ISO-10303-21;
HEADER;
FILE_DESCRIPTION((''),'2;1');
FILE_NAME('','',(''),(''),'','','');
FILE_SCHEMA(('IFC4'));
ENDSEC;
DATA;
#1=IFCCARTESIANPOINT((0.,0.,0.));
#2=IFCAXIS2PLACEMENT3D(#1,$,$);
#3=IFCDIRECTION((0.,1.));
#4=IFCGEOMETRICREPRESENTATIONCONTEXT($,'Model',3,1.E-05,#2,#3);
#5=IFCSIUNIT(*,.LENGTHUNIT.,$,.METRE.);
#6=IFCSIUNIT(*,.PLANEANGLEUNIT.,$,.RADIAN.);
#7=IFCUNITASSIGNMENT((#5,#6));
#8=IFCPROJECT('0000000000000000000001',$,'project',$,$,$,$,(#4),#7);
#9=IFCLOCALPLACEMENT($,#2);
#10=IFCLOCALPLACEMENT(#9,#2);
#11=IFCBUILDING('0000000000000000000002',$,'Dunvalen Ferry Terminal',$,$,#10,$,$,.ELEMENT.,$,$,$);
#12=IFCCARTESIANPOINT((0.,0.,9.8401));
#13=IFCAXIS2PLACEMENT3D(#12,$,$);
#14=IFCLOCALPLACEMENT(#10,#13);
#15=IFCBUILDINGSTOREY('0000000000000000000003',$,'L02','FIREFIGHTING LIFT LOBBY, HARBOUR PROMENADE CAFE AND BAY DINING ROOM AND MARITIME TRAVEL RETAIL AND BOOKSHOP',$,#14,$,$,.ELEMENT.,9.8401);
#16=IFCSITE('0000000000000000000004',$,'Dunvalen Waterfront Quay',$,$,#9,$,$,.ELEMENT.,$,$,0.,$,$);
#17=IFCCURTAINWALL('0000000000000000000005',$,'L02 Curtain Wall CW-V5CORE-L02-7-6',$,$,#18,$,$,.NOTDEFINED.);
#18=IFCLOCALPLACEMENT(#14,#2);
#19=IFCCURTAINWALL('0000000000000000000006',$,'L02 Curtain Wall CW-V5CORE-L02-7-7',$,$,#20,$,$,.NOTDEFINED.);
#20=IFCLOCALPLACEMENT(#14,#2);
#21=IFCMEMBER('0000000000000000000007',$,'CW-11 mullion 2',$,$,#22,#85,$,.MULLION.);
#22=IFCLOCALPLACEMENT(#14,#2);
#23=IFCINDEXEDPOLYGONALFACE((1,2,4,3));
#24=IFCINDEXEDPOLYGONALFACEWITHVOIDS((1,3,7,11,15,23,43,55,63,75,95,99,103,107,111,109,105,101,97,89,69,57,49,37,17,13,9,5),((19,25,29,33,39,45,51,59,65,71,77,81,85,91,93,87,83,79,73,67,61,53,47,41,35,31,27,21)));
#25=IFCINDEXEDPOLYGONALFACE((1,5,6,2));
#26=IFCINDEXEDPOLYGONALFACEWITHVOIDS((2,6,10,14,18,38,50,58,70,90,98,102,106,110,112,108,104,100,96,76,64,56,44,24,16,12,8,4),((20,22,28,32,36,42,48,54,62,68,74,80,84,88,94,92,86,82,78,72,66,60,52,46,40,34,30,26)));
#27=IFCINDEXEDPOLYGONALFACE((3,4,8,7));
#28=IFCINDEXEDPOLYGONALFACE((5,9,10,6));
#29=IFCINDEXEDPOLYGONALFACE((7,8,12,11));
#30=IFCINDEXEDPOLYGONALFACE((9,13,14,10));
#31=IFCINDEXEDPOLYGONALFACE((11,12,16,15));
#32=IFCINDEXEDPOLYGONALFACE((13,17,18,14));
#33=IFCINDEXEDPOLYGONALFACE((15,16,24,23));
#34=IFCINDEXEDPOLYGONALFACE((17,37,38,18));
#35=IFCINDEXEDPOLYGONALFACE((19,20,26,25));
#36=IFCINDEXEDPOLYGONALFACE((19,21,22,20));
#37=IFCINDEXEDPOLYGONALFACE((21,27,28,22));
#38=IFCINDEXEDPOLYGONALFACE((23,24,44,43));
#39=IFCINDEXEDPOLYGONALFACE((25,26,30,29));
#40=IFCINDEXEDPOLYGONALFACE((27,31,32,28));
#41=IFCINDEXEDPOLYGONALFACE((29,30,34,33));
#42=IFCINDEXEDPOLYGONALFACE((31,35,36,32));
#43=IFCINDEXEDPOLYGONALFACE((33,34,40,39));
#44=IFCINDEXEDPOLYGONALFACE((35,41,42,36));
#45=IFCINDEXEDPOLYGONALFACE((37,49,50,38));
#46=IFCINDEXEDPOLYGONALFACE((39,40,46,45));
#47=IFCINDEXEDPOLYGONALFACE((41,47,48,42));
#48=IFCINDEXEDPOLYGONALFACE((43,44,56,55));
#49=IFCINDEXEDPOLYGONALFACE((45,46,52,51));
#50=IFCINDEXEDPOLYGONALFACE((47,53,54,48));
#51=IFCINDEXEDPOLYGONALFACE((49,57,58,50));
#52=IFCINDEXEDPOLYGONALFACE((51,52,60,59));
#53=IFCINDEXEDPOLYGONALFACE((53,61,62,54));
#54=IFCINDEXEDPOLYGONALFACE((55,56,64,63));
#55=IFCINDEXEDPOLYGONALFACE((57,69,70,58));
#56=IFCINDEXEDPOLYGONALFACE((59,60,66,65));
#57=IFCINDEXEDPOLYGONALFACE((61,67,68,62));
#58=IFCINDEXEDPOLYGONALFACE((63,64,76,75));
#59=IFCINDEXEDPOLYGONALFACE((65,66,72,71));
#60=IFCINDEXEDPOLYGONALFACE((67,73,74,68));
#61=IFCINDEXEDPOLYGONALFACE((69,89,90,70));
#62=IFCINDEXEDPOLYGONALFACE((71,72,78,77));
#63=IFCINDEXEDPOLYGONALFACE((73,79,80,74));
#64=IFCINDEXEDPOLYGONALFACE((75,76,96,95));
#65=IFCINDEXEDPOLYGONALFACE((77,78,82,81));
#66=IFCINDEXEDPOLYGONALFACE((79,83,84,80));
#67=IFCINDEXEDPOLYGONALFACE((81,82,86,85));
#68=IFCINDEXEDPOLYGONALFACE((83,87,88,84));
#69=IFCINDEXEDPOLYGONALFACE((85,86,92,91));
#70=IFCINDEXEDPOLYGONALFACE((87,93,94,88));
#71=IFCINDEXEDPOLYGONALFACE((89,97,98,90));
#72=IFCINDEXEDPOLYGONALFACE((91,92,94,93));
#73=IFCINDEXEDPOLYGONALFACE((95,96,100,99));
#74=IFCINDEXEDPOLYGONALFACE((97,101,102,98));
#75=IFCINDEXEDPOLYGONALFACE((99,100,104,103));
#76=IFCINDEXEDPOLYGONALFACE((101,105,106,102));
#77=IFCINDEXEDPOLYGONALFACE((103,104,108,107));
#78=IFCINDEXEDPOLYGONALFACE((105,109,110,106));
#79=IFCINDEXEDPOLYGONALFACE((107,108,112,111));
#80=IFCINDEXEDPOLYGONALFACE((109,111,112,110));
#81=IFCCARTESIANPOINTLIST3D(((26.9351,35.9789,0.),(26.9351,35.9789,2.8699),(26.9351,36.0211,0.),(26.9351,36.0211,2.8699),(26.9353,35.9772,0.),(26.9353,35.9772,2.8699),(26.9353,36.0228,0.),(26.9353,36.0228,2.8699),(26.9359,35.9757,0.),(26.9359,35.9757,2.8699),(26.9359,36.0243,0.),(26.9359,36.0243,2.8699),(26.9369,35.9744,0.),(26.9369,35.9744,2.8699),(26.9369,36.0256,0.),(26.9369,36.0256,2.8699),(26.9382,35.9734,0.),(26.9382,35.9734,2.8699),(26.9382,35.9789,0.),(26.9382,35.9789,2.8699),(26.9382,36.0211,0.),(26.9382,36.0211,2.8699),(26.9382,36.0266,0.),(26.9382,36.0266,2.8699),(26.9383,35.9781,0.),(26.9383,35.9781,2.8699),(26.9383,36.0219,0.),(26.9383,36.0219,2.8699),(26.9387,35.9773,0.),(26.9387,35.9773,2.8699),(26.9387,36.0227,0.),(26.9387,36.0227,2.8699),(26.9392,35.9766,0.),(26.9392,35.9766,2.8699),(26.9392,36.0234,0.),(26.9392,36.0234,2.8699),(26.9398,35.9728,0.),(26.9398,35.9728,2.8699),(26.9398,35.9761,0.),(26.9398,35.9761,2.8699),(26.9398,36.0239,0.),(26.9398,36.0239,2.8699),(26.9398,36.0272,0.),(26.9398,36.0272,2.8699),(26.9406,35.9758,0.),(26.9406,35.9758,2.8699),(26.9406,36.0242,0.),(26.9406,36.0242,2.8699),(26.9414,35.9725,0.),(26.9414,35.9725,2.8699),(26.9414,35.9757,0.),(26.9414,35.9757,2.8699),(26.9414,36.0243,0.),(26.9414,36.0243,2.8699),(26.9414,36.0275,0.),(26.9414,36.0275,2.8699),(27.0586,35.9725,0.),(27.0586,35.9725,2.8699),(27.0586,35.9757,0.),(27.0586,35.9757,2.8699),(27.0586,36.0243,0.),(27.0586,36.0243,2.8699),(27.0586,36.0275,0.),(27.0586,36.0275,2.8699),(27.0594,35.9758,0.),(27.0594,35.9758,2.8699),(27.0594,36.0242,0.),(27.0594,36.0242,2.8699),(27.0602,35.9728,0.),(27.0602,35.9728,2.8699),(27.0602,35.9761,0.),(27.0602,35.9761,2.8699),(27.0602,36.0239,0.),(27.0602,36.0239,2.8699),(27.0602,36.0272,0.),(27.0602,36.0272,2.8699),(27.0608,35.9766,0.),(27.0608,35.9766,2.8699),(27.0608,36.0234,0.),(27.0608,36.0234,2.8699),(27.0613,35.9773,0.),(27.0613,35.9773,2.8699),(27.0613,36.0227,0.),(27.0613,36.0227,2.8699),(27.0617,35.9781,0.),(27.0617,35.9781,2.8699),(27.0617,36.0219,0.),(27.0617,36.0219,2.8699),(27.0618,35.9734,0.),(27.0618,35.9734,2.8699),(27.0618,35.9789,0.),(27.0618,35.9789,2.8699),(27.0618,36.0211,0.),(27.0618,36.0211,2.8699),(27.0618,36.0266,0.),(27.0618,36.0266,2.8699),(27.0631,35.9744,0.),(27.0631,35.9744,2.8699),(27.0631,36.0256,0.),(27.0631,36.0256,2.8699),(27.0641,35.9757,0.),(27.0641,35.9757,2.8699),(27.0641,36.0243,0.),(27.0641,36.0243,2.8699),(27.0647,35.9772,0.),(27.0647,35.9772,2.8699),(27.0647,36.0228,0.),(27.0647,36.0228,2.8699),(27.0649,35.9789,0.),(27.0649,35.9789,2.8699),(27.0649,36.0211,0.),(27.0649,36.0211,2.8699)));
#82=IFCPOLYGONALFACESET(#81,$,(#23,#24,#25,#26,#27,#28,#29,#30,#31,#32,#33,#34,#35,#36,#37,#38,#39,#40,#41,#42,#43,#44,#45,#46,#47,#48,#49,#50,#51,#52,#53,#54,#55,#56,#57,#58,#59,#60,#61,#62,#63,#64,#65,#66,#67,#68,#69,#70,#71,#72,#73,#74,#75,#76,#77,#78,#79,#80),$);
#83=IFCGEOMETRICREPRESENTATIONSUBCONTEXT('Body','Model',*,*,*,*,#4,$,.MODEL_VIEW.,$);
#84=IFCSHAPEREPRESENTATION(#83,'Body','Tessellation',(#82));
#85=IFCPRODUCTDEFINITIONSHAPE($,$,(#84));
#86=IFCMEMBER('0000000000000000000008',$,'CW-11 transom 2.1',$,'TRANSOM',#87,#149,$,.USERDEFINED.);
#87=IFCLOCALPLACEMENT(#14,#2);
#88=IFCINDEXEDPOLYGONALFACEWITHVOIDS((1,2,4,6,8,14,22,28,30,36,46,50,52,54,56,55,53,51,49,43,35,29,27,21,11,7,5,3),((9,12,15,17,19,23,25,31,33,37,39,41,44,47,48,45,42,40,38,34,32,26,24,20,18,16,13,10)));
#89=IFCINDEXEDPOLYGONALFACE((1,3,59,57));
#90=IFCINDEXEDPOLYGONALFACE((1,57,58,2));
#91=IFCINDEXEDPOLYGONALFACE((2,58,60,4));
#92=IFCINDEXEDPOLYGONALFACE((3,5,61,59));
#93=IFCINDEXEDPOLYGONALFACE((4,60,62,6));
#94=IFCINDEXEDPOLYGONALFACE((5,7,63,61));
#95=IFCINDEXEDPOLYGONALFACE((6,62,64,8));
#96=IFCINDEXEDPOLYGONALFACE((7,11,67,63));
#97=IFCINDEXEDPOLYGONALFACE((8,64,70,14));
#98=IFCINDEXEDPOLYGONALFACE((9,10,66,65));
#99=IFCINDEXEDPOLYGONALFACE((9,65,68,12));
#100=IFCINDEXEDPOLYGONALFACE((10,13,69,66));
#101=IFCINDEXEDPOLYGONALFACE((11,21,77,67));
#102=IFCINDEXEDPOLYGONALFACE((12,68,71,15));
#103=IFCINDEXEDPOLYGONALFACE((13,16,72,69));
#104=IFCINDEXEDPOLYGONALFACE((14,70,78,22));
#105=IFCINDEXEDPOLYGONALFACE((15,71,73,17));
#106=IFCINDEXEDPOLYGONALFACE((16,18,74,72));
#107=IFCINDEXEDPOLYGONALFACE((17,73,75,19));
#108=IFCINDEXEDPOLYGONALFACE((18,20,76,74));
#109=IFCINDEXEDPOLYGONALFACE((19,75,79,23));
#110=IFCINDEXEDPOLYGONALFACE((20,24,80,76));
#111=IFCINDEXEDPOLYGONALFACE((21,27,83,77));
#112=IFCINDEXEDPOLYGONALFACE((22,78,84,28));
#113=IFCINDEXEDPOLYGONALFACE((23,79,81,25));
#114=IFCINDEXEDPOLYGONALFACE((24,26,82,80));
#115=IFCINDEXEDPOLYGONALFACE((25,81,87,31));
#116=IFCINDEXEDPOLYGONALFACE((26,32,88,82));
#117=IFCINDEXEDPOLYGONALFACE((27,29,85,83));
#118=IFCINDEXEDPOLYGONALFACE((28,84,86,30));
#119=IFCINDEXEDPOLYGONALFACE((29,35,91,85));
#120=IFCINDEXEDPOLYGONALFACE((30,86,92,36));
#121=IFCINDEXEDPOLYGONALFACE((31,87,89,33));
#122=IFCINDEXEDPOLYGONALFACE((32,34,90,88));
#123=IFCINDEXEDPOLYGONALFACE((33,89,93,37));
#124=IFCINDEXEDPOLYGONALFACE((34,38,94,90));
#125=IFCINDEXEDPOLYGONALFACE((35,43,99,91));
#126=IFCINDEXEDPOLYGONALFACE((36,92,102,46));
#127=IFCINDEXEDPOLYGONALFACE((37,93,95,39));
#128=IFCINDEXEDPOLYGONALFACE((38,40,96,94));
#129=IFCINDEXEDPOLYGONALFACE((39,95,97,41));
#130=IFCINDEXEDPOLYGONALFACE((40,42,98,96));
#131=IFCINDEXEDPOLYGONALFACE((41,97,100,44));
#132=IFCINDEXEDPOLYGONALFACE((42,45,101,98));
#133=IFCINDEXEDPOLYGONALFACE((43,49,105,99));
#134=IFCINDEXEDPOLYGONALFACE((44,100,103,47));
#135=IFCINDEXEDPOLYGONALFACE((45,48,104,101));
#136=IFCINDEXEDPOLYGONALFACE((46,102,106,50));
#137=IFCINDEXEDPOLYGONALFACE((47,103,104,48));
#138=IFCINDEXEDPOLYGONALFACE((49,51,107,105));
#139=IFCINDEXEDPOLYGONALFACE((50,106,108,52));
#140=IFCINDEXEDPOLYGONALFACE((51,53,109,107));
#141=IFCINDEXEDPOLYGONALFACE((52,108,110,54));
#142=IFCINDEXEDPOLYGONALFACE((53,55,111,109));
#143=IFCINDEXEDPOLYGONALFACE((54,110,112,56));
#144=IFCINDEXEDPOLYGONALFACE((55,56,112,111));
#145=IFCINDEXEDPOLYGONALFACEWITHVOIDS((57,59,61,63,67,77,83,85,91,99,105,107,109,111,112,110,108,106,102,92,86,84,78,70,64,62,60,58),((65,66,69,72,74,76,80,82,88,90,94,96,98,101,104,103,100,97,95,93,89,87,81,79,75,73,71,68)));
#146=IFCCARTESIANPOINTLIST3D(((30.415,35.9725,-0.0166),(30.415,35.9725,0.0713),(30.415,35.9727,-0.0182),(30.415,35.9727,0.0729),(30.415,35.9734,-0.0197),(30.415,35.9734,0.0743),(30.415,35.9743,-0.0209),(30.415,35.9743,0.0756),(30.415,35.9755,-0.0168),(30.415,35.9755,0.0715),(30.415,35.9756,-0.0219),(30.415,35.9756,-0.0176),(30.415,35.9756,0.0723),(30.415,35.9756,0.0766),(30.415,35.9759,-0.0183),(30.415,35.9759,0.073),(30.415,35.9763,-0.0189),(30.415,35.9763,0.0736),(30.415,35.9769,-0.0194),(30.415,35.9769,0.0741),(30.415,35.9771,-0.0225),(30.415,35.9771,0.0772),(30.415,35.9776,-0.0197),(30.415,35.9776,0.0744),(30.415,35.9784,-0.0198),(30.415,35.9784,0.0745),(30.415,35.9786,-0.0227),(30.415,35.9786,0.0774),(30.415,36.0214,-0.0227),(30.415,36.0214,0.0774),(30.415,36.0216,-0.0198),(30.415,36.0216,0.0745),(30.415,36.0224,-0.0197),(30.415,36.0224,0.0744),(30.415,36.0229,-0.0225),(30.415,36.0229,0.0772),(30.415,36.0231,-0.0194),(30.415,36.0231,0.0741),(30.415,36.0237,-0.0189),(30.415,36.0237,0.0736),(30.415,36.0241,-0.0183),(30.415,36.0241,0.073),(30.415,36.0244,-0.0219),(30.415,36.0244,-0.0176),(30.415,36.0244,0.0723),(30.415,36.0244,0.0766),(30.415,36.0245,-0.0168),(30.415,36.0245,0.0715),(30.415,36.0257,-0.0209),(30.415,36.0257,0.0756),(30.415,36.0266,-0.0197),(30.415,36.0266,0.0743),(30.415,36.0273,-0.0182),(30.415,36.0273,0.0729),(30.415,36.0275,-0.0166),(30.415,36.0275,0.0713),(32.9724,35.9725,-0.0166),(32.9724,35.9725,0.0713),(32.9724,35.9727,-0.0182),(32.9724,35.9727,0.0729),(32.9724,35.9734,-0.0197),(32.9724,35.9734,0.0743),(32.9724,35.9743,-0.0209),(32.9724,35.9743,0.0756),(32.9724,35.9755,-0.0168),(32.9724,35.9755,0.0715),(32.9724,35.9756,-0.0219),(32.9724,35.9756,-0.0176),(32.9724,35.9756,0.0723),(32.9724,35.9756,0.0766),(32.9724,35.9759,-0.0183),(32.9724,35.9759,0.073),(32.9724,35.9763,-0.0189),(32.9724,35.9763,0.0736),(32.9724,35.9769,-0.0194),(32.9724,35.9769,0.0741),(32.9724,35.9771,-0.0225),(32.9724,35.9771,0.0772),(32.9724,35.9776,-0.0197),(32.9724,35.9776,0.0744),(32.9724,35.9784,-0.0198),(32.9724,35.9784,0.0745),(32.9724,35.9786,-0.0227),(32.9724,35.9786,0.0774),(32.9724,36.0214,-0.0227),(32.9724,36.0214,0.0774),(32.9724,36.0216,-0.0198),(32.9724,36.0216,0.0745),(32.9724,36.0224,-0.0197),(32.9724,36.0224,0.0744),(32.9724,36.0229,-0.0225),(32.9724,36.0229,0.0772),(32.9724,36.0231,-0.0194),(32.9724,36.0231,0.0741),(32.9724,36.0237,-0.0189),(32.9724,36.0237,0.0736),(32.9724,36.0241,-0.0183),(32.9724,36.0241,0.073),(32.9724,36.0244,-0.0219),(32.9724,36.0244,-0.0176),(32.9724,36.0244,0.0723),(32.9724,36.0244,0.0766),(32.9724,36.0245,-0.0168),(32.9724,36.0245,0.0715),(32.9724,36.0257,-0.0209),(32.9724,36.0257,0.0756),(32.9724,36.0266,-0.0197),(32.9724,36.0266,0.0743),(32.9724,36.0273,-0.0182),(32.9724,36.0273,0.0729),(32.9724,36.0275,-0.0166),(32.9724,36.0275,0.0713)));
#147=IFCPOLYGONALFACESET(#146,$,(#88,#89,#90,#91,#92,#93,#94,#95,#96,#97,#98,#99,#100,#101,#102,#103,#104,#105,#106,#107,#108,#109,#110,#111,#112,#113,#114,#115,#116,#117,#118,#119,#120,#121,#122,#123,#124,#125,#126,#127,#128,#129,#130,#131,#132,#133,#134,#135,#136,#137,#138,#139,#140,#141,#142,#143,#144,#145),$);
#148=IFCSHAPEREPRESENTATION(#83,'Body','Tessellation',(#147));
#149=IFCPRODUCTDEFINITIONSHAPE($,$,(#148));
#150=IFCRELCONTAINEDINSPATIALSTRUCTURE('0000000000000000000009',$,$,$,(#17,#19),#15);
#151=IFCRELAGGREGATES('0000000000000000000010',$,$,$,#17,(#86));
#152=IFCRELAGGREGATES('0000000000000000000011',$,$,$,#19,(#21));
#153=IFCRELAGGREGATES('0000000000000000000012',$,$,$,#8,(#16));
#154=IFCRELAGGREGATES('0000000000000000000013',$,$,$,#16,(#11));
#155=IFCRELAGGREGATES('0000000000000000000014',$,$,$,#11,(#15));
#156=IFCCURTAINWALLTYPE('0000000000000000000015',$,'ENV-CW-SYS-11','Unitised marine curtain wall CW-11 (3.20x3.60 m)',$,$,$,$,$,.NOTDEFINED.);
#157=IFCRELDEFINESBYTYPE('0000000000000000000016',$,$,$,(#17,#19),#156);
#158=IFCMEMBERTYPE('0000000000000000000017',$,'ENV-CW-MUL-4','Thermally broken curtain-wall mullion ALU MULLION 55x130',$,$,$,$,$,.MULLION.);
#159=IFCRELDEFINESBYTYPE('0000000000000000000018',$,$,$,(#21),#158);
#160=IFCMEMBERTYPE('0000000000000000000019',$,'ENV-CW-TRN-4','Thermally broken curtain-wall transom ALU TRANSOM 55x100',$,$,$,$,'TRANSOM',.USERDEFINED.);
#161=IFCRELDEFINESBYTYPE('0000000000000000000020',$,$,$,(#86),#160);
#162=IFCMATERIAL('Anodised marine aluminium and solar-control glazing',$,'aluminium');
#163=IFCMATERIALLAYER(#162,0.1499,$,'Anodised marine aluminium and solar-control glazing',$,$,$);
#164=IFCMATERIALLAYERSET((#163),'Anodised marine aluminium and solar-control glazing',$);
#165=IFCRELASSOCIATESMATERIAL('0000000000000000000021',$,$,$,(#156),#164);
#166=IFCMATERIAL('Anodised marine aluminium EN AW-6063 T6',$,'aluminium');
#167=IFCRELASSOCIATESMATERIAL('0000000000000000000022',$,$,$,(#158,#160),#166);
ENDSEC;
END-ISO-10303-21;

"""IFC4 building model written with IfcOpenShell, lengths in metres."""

from ifc_helpers import new_model, si_unit, direction, frame, origin, origin_2d, place, context, subcontext, project, spatial, hollow_rectangle, extrude, material, layer, layer_set, material_profile, profile_set, type_object, element, aggregate, save


model = new_model("IFC4")

# Units and contexts
model_context = context("Model", 3, precision=1e-05, world=origin(), true_north=direction((0.0, 1.0)))
body_context = subcontext(model_context, "Body", "Model", "MODEL_VIEW")
ifc_project = project(units=[si_unit("LENGTHUNIT", "METRE"), si_unit("PLANEANGLEUNIT", "RADIAN")], contexts=[model_context])

# Site, building, storey
site_placement = place(None, origin())
site = spatial("IfcSite", under=ifc_project, at=site_placement, Name="Dunvalen Waterfront Quay", CompositionType="ELEMENT", RefElevation=0.0)
building_placement = place(site_placement, origin())
building = spatial("IfcBuilding", under=site, at=building_placement, Name="Dunvalen Ferry Terminal", CompositionType="ELEMENT")
storey_placement = place(building_placement, frame((0.0, 0.0, 9.8401)))
storey = spatial("IfcBuildingStorey", under=building, at=storey_placement, Name="L02", Description="FIREFIGHTING LIFT LOBBY, HARBOUR PROMENADE CAFE AND BAY DINING ROOM AND MARITIME TRAVEL RETAIL AND BOOKSHOP", CompositionType="ELEMENT", Elevation=9.8401)

# Curtain wall
ifc_material_1 = material(Name="Anodised marine aluminium and solar-control glazing", Category="aluminium")
ifc_layer_1 = layer(ifc_material_1, 0.1499, Name="Anodised marine aluminium and solar-control glazing")
ifc_layer_set_1 = layer_set([ifc_layer_1], Name="Anodised marine aluminium and solar-control glazing")
curtain_wall_type = type_object("IfcCurtainWallType", Name="ENV-CW-SYS-11", Description="Unitised marine curtain wall CW-11 (3.20x3.60 m)", PredefinedType="NOTDEFINED", material=ifc_layer_set_1)
curtain_wall_1_placement = place(storey_placement, origin())
curtain_wall_1 = element("IfcCurtainWall", 1, at=curtain_wall_1_placement, inside=storey, type_object=curtain_wall_type, Name="L02 Curtain Wall CW-V5CORE-L02-7-6", PredefinedType="NOTDEFINED")
ifc_material_2 = material(Name="Anodised marine aluminium EN AW-6063 T6", Category="aluminium")
ifc_material_profile_1 = material_profile(ifc_material_2, hollow_rectangle(XDim=0.0549, YDim=0.1299, WallThickness=0.0032, InnerFilletRadius=0.0032, OuterFilletRadius=0.0063, at=origin_2d()), Name="Anodised marine aluminium EN AW-6063 T6")
ifc_profile_set_1 = profile_set([ifc_material_profile_1], Name="Anodised marine aluminium EN AW-6063 T6")
member_type_1 = type_object("IfcMemberType", Name="ENV-CW-MUL-4", Description="Thermally broken curtain-wall mullion ALU MULLION 55x130", PredefinedType="MULLION", material=ifc_profile_set_1)

# Curtain wall, member
curtain_wall_2_placement = place(storey_placement, origin())
curtain_wall_2 = element("IfcCurtainWall", 2, at=curtain_wall_2_placement, inside=storey, type_object=curtain_wall_type, Name="L02 Curtain Wall CW-V5CORE-L02-7-7", PredefinedType="NOTDEFINED")
member_1_placement = place(storey_placement, frame((27.0, 36.0, 0.0), z_axis=(0.0, 0.0, 1.0), x_axis=(0.0, -1.0, 0.0)))
member_1 = element("IfcMember", 3, at=member_1_placement, type_object=member_type_1, Name="CW-11 mullion 2", PredefinedType="MULLION", context=body_context, shape_type="SweptSolid", body=[
    extrude(hollow_rectangle(XDim=0.0549, YDim=0.1299, WallThickness=0.0032, InnerFilletRadius=0.0032, OuterFilletRadius=0.0063, at=origin_2d()), origin(), (0.0, 0.0, 1.0), 2.8699),
])

# Member
ifc_material_profile_2 = material_profile(ifc_material_2, hollow_rectangle(XDim=0.0549, YDim=0.1001, WallThickness=0.0029, InnerFilletRadius=0.0029, OuterFilletRadius=0.0061, at=origin_2d()), Name="Anodised marine aluminium EN AW-6063 T6")
ifc_profile_set_2 = profile_set([ifc_material_profile_2], Name="Anodised marine aluminium EN AW-6063 T6")
member_type_2 = type_object("IfcMemberType", Name="ENV-CW-TRN-4", Description="Thermally broken curtain-wall transom ALU TRANSOM 55x100", ElementType="TRANSOM", PredefinedType="USERDEFINED", material=ifc_profile_set_2)
member_2_placement = place(storey_placement, frame((32.9724, 36.0, 0.0273), z_axis=(-1.0, 0.0, 0.0), x_axis=(0.0, -1.0, 0.0)))
member_2 = element("IfcMember", 4, at=member_2_placement, type_object=member_type_2, Name="CW-11 transom 2.1", ObjectType="TRANSOM", PredefinedType="USERDEFINED", context=body_context, shape_type="SweptSolid", body=[
    extrude(hollow_rectangle(XDim=0.0549, YDim=0.1001, WallThickness=0.0029, InnerFilletRadius=0.0029, OuterFilletRadius=0.0061, at=origin_2d()), origin(), (0.0, 0.0, 1.0), 2.5574),
])

aggregate(curtain_wall_1, [member_2])
aggregate(curtain_wall_2, [member_1])

save(model, "model.ifc")
